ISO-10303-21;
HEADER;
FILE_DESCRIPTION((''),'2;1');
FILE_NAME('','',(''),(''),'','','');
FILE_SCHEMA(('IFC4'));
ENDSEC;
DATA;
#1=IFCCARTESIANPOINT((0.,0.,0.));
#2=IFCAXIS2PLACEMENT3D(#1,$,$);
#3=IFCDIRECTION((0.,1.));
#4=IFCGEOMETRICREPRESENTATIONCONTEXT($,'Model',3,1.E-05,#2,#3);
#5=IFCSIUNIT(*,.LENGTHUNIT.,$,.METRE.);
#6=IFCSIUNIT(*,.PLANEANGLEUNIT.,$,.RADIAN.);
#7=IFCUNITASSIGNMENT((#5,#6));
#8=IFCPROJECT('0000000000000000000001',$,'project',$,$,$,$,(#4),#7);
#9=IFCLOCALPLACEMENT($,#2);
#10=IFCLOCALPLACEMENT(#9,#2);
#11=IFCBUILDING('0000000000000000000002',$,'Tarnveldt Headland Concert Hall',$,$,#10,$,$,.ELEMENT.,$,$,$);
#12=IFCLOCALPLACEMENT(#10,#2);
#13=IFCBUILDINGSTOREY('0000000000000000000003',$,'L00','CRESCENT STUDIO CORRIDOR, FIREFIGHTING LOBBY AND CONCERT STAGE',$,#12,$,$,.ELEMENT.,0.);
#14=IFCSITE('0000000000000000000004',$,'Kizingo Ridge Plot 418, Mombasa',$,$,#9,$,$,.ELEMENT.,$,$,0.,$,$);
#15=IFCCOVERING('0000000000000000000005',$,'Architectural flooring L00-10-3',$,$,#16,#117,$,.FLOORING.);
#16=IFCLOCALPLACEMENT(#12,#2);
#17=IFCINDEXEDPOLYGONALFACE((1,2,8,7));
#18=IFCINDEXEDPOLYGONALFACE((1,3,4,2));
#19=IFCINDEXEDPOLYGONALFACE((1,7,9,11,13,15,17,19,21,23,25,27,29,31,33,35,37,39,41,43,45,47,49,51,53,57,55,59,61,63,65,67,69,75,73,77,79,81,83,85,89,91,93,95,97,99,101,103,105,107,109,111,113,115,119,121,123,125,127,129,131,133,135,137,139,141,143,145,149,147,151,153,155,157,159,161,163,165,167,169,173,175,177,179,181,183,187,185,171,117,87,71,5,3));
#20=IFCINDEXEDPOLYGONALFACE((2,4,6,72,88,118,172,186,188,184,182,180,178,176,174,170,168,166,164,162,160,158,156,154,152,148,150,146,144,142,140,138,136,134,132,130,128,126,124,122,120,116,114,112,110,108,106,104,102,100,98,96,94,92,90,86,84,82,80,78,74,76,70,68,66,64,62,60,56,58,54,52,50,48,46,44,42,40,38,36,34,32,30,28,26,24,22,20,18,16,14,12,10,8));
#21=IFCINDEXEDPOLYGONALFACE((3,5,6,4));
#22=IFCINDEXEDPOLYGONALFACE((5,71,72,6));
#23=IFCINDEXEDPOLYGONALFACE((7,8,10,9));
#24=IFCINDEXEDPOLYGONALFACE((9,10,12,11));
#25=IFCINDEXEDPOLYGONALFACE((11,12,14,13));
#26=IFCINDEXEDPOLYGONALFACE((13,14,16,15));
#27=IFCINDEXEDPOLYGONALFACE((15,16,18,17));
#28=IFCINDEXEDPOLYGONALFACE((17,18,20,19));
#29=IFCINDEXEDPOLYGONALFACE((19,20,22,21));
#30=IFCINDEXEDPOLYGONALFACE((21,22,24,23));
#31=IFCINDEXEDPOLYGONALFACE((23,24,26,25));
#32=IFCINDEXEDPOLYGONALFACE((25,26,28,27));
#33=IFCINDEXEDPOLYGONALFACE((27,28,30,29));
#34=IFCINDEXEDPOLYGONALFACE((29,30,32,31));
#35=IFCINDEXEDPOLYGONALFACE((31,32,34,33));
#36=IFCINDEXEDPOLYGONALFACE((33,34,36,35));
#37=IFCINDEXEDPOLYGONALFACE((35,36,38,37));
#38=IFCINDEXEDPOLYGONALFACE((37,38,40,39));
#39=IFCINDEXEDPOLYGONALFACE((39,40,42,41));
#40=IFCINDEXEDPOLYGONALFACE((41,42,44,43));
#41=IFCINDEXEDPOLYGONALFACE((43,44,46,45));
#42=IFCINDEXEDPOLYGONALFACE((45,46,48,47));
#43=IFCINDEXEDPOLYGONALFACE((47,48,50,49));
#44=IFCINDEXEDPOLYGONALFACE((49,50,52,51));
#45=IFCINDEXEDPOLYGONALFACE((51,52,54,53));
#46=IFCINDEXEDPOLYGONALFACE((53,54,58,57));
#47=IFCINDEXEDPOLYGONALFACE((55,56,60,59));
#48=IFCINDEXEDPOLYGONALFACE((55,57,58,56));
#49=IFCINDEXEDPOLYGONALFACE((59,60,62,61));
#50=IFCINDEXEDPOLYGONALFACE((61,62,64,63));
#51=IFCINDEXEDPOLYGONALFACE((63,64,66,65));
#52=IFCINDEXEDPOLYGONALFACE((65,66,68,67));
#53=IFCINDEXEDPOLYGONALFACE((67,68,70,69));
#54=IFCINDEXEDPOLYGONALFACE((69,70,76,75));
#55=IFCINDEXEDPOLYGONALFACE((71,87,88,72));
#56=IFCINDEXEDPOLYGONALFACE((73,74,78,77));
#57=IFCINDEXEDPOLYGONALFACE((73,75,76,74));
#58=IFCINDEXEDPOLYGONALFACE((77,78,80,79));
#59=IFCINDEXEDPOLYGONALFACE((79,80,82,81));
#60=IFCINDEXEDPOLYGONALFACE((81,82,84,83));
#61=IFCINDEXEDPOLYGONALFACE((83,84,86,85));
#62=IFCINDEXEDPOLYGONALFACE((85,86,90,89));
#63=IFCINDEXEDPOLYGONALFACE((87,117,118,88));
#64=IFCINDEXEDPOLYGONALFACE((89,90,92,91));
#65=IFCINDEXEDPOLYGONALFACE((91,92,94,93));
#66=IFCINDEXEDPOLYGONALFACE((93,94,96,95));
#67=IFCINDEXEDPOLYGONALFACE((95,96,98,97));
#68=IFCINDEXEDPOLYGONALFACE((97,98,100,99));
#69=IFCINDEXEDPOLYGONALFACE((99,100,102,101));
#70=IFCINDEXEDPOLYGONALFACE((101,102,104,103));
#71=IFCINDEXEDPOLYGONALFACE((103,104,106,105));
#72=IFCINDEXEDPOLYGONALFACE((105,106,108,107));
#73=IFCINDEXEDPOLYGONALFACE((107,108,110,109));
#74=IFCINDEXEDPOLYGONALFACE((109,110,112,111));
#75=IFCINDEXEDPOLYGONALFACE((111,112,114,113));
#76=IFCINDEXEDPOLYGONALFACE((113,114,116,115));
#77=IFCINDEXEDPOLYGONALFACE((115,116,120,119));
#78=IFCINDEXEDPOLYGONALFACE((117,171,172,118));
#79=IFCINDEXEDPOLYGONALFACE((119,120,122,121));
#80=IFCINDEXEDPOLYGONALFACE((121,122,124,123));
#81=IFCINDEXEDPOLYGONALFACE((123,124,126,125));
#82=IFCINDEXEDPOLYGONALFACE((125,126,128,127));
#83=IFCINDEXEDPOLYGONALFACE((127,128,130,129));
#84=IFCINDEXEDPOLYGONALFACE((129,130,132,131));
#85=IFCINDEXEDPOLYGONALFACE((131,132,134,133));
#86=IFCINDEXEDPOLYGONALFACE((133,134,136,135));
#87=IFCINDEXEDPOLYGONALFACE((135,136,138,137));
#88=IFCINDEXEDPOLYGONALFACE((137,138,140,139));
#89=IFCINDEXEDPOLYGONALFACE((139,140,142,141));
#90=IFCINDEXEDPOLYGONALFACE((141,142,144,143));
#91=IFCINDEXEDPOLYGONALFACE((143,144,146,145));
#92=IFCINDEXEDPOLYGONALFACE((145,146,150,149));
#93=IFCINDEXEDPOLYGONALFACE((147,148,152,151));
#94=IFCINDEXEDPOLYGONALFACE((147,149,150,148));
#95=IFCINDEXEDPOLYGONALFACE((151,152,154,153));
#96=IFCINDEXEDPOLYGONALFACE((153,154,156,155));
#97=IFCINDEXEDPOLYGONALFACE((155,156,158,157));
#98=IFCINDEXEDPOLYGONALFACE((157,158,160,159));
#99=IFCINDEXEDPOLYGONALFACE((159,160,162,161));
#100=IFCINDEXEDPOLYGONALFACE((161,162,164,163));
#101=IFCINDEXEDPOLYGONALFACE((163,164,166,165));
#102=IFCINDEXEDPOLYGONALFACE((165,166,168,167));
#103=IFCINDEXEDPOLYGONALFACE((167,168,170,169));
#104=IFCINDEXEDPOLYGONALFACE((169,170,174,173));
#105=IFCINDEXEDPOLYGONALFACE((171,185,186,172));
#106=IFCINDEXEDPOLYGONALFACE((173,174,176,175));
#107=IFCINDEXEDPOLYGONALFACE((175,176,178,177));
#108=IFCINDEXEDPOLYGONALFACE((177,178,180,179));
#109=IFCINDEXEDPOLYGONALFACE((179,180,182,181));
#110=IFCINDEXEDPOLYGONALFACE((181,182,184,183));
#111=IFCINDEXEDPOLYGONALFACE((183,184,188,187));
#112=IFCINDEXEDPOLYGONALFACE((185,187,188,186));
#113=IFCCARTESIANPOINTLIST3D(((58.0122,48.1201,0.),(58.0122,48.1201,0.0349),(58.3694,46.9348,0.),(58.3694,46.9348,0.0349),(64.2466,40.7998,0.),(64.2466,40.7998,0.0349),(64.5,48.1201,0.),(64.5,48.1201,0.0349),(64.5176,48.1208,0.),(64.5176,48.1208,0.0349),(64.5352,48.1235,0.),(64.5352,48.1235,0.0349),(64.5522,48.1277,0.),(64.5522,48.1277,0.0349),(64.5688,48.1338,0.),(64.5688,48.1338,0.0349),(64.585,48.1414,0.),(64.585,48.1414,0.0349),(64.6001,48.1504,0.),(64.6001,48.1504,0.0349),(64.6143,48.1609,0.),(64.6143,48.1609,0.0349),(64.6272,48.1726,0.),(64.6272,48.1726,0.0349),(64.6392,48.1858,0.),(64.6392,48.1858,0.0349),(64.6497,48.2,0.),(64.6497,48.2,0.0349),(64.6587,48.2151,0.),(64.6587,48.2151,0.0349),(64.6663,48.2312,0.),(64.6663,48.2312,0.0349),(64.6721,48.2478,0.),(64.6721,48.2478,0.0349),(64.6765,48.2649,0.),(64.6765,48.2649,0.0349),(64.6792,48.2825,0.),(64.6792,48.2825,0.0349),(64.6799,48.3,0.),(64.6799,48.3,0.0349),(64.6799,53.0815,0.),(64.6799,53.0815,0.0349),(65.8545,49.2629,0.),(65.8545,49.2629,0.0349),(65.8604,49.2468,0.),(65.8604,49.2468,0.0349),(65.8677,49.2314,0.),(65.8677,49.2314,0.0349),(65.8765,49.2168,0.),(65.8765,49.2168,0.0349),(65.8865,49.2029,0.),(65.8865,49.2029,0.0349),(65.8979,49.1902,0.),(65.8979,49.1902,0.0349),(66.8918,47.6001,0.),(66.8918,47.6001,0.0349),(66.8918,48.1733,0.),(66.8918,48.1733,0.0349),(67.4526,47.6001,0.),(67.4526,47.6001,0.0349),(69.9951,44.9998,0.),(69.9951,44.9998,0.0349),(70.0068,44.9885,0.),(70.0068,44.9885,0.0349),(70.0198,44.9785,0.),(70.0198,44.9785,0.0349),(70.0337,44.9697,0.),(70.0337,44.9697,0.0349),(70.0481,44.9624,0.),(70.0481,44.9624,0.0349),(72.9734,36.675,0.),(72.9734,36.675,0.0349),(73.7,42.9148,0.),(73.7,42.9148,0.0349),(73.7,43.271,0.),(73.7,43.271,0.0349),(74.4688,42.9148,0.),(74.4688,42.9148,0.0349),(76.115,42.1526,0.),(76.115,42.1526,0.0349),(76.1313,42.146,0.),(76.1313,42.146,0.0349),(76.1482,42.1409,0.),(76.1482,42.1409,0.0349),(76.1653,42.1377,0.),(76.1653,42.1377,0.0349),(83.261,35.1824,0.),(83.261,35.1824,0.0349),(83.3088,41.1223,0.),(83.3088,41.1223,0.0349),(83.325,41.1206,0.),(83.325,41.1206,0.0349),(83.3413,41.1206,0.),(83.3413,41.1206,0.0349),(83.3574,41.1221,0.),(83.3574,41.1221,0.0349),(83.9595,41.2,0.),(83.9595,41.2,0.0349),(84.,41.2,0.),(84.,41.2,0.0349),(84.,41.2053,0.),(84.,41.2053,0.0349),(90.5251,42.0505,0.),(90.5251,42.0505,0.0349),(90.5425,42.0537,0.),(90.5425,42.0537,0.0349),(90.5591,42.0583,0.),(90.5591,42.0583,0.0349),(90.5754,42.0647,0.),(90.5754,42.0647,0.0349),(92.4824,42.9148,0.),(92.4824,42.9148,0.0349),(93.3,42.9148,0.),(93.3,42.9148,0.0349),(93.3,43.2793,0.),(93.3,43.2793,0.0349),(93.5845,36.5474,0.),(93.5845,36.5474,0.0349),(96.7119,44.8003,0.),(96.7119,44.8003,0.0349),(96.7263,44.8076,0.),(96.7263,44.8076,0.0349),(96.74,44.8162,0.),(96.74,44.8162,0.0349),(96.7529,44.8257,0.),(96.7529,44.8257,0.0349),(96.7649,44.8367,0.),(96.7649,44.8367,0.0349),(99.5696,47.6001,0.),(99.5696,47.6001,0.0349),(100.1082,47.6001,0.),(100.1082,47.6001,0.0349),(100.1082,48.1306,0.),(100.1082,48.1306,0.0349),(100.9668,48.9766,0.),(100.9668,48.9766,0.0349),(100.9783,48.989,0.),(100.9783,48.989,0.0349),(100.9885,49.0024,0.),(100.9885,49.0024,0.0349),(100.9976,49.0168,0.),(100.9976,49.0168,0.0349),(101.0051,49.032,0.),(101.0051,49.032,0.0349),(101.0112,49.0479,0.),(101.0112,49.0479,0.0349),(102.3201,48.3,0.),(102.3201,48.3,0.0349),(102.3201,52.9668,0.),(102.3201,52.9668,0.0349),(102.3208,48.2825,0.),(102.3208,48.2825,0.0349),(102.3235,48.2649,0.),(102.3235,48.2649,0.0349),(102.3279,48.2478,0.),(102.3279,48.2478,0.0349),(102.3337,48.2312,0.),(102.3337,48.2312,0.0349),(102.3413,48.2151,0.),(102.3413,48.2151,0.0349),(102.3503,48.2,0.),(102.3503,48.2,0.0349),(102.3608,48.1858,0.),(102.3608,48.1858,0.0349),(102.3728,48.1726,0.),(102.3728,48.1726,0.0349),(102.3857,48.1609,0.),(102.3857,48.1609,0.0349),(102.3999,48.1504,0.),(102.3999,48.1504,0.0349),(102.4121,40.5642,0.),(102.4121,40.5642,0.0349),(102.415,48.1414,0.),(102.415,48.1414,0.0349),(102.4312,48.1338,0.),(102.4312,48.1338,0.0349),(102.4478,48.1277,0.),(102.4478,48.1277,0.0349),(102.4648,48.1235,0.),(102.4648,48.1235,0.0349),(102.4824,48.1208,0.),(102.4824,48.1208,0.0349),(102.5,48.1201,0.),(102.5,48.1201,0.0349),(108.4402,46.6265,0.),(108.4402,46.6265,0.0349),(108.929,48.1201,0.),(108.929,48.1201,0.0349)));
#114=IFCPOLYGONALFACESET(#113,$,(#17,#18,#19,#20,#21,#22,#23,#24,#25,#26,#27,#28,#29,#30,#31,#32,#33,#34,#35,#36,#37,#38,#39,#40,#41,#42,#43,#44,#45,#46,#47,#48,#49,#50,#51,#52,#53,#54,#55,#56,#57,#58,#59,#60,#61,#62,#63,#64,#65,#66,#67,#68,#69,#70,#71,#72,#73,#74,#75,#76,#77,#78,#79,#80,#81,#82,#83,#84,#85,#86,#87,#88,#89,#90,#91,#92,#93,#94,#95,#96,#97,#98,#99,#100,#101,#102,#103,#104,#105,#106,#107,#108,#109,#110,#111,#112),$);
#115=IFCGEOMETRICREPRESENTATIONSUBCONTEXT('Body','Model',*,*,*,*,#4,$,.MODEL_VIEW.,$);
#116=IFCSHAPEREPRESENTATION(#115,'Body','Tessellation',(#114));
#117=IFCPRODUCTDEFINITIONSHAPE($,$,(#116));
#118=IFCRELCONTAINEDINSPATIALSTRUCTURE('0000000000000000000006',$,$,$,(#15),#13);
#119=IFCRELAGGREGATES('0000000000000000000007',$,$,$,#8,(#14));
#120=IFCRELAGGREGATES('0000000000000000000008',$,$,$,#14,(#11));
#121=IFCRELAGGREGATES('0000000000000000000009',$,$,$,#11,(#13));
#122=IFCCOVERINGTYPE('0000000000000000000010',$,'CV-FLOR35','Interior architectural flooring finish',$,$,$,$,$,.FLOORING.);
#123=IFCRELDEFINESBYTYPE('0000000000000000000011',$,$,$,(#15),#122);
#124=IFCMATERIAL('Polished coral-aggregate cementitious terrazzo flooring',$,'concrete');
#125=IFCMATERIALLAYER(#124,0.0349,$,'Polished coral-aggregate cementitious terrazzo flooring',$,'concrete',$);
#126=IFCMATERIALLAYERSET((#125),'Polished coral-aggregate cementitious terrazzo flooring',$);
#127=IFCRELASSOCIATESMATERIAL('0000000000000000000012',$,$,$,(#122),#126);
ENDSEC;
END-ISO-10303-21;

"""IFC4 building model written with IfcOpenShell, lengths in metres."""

from ifc_helpers import new_model, si_unit, direction, origin, place, context, subcontext, project, spatial, polyline, outline, extrude, material, layer, layer_set, type_object, element, save


model = new_model("IFC4")

# Units and contexts
model_context = context("Model", 3, precision=1e-05, world=origin(), true_north=direction((0.0, 1.0)))
body_context = subcontext(model_context, "Body", "Model", "MODEL_VIEW")
ifc_project = project(units=[si_unit("LENGTHUNIT", "METRE"), si_unit("PLANEANGLEUNIT", "RADIAN")], contexts=[model_context])

# Site, building, storey
site_placement = place(None, origin())
site = spatial("IfcSite", under=ifc_project, at=site_placement, Name="Kizingo Ridge Plot 418, Mombasa", CompositionType="ELEMENT", RefElevation=0.0)
building_placement = place(site_placement, origin())
building = spatial("IfcBuilding", under=site, at=building_placement, Name="Tarnveldt Headland Concert Hall", CompositionType="ELEMENT")
storey_placement = place(building_placement, origin())
storey = spatial("IfcBuildingStorey", under=building, at=storey_placement, Name="L00", Description="CRESCENT STUDIO CORRIDOR, FIREFIGHTING LOBBY AND CONCERT STAGE", CompositionType="ELEMENT", Elevation=0.0)

# Covering
ifc_material_1 = material(Name="Polished coral-aggregate cementitious terrazzo flooring", Category="concrete")
ifc_layer_1 = layer(ifc_material_1, 0.0349, Name="Polished coral-aggregate cementitious terrazzo flooring", Category="concrete")
ifc_layer_set_1 = layer_set([ifc_layer_1], Name="Polished coral-aggregate cementitious terrazzo flooring")
covering_type_1 = type_object("IfcCoveringType", Name="CV-FLOR35", Description="Interior architectural flooring finish", PredefinedType="FLOORING", material=ifc_layer_set_1)
covering_1_placement = place(storey_placement, origin())
element("IfcCovering", 1, at=covering_1_placement, inside=storey, type_object=covering_type_1, Name="Architectural flooring L00-10-3", PredefinedType="FLOORING", context=body_context, shape_type="SweptSolid", body=[
    extrude(outline(polyline([(65.8979, 49.1902), (66.8918, 48.1733), (66.8918, 47.6001), (67.4526, 47.6001), (69.9951, 44.9998), (70.0068, 44.9885), (70.0198, 44.9785), (70.0337, 44.9697), (70.0481, 44.9624), (73.7, 43.271), (73.7, 42.9148), (74.4688, 42.9148), (76.115, 42.1526), (76.1313, 42.146), (76.1482, 42.1409), (76.1653, 42.1377), (83.3088, 41.1223), (83.325, 41.1206), (83.3413, 41.1206), (83.3574, 41.1221), (83.9595, 41.2), (84.0, 41.2), (84.0, 41.2053), (90.5251, 42.0505), (90.5425, 42.0537), (90.5591, 42.0583), (90.5754, 42.0647), (92.4824, 42.9148), (93.3, 42.9148), (93.3, 43.2793), (96.7119, 44.8003), (96.7263, 44.8076), (96.74, 44.8162), (96.7529, 44.8257), (96.7649, 44.8367), (99.5696, 47.6001), (100.1082, 47.6001), (100.1082, 48.1306), (100.9668, 48.9766), (100.9783, 48.989), (100.9885, 49.0024), (100.9976, 49.0168), (101.0051, 49.032), (101.0112, 49.0479), (102.3201, 52.9668), (102.3201, 48.3), (102.3208, 48.2825), (102.3235, 48.2649), (102.3279, 48.2478), (102.3337, 48.2312), (102.3413, 48.2151), (102.3503, 48.2), (102.3608, 48.1858), (102.3728, 48.1726), (102.3857, 48.1609), (102.3999, 48.1504), (102.415, 48.1414), (102.4312, 48.1338), (102.4478, 48.1277), (102.4648, 48.1235), (102.4824, 48.1208), (102.5, 48.1201), (108.929, 48.1201), (108.4402, 46.6265), (102.4121, 40.5642), (93.5845, 36.5474), (83.261, 35.1824), (72.9734, 36.675), (64.2466, 40.7998), (58.3694, 46.9348), (58.0122, 48.1201), (64.5, 48.1201), (64.5176, 48.1208), (64.5352, 48.1235), (64.5522, 48.1277), (64.5688, 48.1338), (64.585, 48.1414), (64.6001, 48.1504), (64.6143, 48.1609), (64.6272, 48.1726), (64.6392, 48.1858), (64.6497, 48.2), (64.6587, 48.2151), (64.6663, 48.2312), (64.6721, 48.2478), (64.6765, 48.2649), (64.6792, 48.2825), (64.6799, 48.3), (64.6799, 53.0815), (65.8545, 49.2629), (65.8604, 49.2468), (65.8677, 49.2314), (65.8765, 49.2168), (65.8865, 49.2029), (65.8979, 49.1902)])), origin(), (0.0, 0.0, 1.0), 0.0349),
])

save(model, "model.ifc")
